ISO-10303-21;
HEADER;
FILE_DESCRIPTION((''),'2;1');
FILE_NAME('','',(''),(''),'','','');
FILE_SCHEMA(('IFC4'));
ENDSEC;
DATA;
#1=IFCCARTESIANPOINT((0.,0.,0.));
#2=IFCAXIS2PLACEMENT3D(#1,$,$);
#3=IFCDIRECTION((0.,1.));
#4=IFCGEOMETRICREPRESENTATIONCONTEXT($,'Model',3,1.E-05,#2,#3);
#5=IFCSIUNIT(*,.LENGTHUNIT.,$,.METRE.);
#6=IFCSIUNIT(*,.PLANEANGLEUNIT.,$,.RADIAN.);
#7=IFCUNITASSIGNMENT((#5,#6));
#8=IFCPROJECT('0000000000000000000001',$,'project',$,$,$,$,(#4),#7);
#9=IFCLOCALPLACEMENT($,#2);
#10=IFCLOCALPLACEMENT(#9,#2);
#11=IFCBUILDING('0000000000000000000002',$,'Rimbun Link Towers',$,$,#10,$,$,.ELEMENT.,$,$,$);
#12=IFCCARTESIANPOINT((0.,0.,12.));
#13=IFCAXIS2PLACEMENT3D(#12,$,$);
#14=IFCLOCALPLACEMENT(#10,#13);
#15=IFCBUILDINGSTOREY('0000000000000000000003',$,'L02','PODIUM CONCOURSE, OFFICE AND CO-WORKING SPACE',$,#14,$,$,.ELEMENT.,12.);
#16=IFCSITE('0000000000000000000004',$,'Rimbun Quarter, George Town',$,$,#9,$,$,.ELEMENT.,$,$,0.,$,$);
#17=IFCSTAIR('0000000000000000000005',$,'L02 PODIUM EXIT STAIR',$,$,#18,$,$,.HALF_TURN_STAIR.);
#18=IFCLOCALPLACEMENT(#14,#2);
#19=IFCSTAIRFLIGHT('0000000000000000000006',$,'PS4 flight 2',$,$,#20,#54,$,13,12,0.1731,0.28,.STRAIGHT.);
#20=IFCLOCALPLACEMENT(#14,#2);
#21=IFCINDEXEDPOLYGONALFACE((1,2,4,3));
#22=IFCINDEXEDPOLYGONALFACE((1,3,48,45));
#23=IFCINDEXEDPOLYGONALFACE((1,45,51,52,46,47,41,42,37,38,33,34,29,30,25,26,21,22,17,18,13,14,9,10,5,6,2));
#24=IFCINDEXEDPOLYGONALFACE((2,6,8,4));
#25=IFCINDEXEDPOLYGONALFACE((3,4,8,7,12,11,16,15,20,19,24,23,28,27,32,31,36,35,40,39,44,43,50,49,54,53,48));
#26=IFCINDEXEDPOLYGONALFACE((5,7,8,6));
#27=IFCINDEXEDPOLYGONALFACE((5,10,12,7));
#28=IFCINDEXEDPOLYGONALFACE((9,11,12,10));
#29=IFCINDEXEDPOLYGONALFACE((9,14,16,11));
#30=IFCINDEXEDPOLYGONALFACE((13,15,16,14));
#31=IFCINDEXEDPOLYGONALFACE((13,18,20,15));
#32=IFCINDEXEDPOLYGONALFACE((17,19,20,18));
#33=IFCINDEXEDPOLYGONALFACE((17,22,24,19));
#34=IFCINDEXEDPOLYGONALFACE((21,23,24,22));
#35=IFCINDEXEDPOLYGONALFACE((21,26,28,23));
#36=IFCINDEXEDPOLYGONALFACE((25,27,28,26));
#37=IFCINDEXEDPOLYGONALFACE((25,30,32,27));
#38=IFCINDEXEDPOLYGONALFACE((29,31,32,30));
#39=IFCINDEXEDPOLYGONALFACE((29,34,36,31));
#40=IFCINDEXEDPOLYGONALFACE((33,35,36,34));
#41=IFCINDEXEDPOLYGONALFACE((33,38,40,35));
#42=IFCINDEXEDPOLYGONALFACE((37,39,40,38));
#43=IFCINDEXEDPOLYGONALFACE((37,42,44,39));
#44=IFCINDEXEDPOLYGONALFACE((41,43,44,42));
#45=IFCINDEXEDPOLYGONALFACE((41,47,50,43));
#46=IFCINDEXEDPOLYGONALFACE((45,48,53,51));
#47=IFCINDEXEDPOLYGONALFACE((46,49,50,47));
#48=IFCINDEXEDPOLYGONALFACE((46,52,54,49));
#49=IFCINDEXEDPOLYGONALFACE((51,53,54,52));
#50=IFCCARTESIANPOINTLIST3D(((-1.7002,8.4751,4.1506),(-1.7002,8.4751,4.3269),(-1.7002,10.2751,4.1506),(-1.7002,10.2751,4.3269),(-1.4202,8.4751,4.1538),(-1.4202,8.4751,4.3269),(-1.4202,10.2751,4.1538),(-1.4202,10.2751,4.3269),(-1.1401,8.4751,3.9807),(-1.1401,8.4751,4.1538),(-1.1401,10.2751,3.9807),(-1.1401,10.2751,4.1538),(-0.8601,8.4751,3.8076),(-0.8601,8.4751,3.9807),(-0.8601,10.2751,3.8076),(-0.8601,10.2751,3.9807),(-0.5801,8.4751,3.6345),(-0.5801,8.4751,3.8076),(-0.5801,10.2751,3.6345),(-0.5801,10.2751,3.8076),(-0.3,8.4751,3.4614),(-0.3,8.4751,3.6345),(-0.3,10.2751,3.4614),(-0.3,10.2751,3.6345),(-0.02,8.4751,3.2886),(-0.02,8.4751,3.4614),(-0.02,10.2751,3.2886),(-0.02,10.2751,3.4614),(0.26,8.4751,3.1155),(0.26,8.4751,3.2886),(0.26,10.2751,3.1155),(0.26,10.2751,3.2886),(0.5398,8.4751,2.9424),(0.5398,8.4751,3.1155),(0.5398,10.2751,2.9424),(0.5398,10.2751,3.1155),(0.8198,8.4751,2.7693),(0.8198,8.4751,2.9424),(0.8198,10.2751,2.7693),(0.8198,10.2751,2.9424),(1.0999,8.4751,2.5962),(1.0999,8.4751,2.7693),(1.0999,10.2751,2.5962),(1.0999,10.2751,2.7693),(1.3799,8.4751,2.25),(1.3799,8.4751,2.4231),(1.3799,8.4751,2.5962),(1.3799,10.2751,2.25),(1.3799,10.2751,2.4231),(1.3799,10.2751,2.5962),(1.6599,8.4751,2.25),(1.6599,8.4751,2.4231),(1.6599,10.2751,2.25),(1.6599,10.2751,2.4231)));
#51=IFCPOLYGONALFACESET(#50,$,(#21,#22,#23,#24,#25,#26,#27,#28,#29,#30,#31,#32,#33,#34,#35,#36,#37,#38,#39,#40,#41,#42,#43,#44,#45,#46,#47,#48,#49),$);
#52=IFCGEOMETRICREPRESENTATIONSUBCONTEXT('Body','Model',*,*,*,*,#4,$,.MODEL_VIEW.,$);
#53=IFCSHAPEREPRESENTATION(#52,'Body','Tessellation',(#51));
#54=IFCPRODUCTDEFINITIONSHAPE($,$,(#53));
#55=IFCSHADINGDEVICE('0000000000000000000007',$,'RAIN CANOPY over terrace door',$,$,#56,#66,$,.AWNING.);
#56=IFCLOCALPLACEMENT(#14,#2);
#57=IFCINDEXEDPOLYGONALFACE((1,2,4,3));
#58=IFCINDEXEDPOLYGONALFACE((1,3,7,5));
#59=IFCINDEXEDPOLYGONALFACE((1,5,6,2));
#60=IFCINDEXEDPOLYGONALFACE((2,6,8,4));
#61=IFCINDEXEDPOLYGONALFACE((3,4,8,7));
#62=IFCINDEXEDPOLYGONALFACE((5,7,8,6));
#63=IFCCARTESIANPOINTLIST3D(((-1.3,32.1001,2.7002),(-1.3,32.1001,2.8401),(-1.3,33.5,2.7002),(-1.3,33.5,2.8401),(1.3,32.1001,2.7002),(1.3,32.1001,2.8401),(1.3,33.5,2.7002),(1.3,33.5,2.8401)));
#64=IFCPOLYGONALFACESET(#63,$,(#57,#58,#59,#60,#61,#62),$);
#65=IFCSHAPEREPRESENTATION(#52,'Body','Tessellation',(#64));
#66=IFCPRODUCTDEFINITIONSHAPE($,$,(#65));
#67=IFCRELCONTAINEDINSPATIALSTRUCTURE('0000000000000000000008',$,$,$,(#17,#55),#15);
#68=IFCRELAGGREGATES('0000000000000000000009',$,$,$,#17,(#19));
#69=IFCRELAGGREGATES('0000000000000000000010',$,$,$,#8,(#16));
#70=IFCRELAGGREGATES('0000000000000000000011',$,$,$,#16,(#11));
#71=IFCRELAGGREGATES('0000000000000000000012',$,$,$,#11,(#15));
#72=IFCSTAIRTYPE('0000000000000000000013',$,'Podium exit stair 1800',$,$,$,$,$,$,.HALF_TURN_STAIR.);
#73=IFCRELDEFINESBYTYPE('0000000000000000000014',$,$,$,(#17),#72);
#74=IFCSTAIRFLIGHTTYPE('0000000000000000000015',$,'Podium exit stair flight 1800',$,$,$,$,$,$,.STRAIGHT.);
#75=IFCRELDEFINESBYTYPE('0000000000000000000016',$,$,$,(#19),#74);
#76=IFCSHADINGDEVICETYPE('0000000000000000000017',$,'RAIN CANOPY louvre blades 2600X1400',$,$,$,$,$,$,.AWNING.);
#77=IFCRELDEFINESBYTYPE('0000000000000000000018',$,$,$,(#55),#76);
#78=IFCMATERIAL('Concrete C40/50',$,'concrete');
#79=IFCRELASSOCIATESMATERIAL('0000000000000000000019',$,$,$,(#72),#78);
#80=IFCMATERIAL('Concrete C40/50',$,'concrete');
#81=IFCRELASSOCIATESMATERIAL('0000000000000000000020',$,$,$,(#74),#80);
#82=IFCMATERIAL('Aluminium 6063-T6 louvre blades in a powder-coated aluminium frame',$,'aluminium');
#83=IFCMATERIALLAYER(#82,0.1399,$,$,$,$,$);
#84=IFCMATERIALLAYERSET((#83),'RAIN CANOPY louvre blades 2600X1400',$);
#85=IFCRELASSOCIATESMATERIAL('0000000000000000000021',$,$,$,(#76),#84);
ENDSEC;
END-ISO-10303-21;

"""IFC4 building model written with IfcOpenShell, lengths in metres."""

from ifc_helpers import new_model, si_unit, direction, frame, origin, origin_2d, place, context, subcontext, project, spatial, polyline, rectangle, outline, extrude, material, layer, layer_set, type_object, element, aggregate, save


model = new_model("IFC4")

# Units and contexts
model_context = context("Model", 3, precision=1e-05, world=origin(), true_north=direction((0.0, 1.0)))
body_context = subcontext(model_context, "Body", "Model", "MODEL_VIEW")
ifc_project = project(units=[si_unit("LENGTHUNIT", "METRE"), si_unit("PLANEANGLEUNIT", "RADIAN")], contexts=[model_context])

# Site, building, storey
site_placement = place(None, origin())
site = spatial("IfcSite", under=ifc_project, at=site_placement, Name="Rimbun Quarter, George Town", CompositionType="ELEMENT", RefElevation=0.0)
building_placement = place(site_placement, origin())
building = spatial("IfcBuilding", under=site, at=building_placement, Name="Rimbun Link Towers", CompositionType="ELEMENT")
storey_placement = place(building_placement, frame((0.0, 0.0, 12.0)))
storey = spatial("IfcBuildingStorey", under=building, at=storey_placement, Name="L02", Description="PODIUM CONCOURSE, OFFICE AND CO-WORKING SPACE", CompositionType="ELEMENT", Elevation=12.0)

# Stair, stair flight
ifc_material_1 = material(Name="Concrete C40/50", Category="concrete")
stair_type = type_object("IfcStairType", Name="Podium exit stair 1800", PredefinedType="HALF_TURN_STAIR", material=ifc_material_1)
stair_placement = place(storey_placement, origin())
stair = element("IfcStair", 1, at=stair_placement, inside=storey, type_object=stair_type, Name="L02 PODIUM EXIT STAIR", PredefinedType="HALF_TURN_STAIR")
ifc_material_2 = material(Name="Concrete C40/50", Category="concrete")
stair_flight_type = type_object("IfcStairFlightType", Name="Podium exit stair flight 1800", PredefinedType="STRAIGHT", material=ifc_material_2)
stair_flight_placement = place(storey_placement, frame((1.6599, 9.375, 2.25), z_axis=(0.0, 0.0, 1.0), x_axis=(-1.0, 0.0, 0.0)))
stair_flight = element("IfcStairFlight", 2, at=stair_flight_placement, type_object=stair_flight_type, Name="PS4 flight 2", NumberOfRisers=13, NumberOfTreads=12, PredefinedType="STRAIGHT", RiserHeight=0.1731, TreadLength=0.28, context=body_context, shape_type="SweptSolid", body=[
    extrude(outline(polyline([(0.0, 0.0), (0.0, 0.1731), (0.28, 0.1731), (0.28, 0.3462), (0.5601, 0.3462), (0.5601, 0.5193), (0.8401, 0.5193), (0.8401, 0.6924), (1.1201, 0.6924), (1.1201, 0.8655), (1.3999, 0.8655), (1.3999, 1.0386), (1.6799, 1.0386), (1.6799, 1.2114), (1.96, 1.2114), (1.96, 1.3845), (2.24, 1.3845), (2.24, 1.5576), (2.52, 1.5576), (2.52, 1.7307), (2.8, 1.7307), (2.8, 1.9038), (3.0801, 1.9038), (3.0801, 2.0769), (3.3601, 2.0769), (3.3601, 2.25), (3.3601, 1.9006), (0.28, 0.0), (0.0, 0.0)])), frame((0.0, 0.8999, 0.0), z_axis=(0.0, -1.0, 0.0), x_axis=(1.0, 0.0, 0.0)), (0.0, 0.0, 1.0), 1.8),
])
aggregate(stair, [stair_flight])

# Shading device
ifc_material_3 = material(Name="Aluminium 6063-T6 louvre blades in a powder-coated aluminium frame", Category="aluminium")
ifc_layer_1 = layer(ifc_material_3, 0.1399)
ifc_layer_set_1 = layer_set([ifc_layer_1], Name="RAIN CANOPY louvre blades 2600X1400")
shading_device_type = type_object("IfcShadingDeviceType", Name="RAIN CANOPY louvre blades 2600X1400", PredefinedType="AWNING", material=ifc_layer_set_1)
shading_device_placement = place(storey_placement, frame((0.0, 32.8, 2.7002), z_axis=(0.0, 0.0, 1.0), x_axis=(1.0, 0.0, 0.0)))
element("IfcShadingDevice", 3, at=shading_device_placement, inside=storey, type_object=shading_device_type, Name="RAIN CANOPY over terrace door", PredefinedType="AWNING", context=body_context, shape_type="SweptSolid", body=[
    extrude(rectangle(XDim=2.6001, YDim=1.3999, at=origin_2d()), origin(), (0.0, 0.0, 1.0), 0.1399),
])

save(model, "model.ifc")
